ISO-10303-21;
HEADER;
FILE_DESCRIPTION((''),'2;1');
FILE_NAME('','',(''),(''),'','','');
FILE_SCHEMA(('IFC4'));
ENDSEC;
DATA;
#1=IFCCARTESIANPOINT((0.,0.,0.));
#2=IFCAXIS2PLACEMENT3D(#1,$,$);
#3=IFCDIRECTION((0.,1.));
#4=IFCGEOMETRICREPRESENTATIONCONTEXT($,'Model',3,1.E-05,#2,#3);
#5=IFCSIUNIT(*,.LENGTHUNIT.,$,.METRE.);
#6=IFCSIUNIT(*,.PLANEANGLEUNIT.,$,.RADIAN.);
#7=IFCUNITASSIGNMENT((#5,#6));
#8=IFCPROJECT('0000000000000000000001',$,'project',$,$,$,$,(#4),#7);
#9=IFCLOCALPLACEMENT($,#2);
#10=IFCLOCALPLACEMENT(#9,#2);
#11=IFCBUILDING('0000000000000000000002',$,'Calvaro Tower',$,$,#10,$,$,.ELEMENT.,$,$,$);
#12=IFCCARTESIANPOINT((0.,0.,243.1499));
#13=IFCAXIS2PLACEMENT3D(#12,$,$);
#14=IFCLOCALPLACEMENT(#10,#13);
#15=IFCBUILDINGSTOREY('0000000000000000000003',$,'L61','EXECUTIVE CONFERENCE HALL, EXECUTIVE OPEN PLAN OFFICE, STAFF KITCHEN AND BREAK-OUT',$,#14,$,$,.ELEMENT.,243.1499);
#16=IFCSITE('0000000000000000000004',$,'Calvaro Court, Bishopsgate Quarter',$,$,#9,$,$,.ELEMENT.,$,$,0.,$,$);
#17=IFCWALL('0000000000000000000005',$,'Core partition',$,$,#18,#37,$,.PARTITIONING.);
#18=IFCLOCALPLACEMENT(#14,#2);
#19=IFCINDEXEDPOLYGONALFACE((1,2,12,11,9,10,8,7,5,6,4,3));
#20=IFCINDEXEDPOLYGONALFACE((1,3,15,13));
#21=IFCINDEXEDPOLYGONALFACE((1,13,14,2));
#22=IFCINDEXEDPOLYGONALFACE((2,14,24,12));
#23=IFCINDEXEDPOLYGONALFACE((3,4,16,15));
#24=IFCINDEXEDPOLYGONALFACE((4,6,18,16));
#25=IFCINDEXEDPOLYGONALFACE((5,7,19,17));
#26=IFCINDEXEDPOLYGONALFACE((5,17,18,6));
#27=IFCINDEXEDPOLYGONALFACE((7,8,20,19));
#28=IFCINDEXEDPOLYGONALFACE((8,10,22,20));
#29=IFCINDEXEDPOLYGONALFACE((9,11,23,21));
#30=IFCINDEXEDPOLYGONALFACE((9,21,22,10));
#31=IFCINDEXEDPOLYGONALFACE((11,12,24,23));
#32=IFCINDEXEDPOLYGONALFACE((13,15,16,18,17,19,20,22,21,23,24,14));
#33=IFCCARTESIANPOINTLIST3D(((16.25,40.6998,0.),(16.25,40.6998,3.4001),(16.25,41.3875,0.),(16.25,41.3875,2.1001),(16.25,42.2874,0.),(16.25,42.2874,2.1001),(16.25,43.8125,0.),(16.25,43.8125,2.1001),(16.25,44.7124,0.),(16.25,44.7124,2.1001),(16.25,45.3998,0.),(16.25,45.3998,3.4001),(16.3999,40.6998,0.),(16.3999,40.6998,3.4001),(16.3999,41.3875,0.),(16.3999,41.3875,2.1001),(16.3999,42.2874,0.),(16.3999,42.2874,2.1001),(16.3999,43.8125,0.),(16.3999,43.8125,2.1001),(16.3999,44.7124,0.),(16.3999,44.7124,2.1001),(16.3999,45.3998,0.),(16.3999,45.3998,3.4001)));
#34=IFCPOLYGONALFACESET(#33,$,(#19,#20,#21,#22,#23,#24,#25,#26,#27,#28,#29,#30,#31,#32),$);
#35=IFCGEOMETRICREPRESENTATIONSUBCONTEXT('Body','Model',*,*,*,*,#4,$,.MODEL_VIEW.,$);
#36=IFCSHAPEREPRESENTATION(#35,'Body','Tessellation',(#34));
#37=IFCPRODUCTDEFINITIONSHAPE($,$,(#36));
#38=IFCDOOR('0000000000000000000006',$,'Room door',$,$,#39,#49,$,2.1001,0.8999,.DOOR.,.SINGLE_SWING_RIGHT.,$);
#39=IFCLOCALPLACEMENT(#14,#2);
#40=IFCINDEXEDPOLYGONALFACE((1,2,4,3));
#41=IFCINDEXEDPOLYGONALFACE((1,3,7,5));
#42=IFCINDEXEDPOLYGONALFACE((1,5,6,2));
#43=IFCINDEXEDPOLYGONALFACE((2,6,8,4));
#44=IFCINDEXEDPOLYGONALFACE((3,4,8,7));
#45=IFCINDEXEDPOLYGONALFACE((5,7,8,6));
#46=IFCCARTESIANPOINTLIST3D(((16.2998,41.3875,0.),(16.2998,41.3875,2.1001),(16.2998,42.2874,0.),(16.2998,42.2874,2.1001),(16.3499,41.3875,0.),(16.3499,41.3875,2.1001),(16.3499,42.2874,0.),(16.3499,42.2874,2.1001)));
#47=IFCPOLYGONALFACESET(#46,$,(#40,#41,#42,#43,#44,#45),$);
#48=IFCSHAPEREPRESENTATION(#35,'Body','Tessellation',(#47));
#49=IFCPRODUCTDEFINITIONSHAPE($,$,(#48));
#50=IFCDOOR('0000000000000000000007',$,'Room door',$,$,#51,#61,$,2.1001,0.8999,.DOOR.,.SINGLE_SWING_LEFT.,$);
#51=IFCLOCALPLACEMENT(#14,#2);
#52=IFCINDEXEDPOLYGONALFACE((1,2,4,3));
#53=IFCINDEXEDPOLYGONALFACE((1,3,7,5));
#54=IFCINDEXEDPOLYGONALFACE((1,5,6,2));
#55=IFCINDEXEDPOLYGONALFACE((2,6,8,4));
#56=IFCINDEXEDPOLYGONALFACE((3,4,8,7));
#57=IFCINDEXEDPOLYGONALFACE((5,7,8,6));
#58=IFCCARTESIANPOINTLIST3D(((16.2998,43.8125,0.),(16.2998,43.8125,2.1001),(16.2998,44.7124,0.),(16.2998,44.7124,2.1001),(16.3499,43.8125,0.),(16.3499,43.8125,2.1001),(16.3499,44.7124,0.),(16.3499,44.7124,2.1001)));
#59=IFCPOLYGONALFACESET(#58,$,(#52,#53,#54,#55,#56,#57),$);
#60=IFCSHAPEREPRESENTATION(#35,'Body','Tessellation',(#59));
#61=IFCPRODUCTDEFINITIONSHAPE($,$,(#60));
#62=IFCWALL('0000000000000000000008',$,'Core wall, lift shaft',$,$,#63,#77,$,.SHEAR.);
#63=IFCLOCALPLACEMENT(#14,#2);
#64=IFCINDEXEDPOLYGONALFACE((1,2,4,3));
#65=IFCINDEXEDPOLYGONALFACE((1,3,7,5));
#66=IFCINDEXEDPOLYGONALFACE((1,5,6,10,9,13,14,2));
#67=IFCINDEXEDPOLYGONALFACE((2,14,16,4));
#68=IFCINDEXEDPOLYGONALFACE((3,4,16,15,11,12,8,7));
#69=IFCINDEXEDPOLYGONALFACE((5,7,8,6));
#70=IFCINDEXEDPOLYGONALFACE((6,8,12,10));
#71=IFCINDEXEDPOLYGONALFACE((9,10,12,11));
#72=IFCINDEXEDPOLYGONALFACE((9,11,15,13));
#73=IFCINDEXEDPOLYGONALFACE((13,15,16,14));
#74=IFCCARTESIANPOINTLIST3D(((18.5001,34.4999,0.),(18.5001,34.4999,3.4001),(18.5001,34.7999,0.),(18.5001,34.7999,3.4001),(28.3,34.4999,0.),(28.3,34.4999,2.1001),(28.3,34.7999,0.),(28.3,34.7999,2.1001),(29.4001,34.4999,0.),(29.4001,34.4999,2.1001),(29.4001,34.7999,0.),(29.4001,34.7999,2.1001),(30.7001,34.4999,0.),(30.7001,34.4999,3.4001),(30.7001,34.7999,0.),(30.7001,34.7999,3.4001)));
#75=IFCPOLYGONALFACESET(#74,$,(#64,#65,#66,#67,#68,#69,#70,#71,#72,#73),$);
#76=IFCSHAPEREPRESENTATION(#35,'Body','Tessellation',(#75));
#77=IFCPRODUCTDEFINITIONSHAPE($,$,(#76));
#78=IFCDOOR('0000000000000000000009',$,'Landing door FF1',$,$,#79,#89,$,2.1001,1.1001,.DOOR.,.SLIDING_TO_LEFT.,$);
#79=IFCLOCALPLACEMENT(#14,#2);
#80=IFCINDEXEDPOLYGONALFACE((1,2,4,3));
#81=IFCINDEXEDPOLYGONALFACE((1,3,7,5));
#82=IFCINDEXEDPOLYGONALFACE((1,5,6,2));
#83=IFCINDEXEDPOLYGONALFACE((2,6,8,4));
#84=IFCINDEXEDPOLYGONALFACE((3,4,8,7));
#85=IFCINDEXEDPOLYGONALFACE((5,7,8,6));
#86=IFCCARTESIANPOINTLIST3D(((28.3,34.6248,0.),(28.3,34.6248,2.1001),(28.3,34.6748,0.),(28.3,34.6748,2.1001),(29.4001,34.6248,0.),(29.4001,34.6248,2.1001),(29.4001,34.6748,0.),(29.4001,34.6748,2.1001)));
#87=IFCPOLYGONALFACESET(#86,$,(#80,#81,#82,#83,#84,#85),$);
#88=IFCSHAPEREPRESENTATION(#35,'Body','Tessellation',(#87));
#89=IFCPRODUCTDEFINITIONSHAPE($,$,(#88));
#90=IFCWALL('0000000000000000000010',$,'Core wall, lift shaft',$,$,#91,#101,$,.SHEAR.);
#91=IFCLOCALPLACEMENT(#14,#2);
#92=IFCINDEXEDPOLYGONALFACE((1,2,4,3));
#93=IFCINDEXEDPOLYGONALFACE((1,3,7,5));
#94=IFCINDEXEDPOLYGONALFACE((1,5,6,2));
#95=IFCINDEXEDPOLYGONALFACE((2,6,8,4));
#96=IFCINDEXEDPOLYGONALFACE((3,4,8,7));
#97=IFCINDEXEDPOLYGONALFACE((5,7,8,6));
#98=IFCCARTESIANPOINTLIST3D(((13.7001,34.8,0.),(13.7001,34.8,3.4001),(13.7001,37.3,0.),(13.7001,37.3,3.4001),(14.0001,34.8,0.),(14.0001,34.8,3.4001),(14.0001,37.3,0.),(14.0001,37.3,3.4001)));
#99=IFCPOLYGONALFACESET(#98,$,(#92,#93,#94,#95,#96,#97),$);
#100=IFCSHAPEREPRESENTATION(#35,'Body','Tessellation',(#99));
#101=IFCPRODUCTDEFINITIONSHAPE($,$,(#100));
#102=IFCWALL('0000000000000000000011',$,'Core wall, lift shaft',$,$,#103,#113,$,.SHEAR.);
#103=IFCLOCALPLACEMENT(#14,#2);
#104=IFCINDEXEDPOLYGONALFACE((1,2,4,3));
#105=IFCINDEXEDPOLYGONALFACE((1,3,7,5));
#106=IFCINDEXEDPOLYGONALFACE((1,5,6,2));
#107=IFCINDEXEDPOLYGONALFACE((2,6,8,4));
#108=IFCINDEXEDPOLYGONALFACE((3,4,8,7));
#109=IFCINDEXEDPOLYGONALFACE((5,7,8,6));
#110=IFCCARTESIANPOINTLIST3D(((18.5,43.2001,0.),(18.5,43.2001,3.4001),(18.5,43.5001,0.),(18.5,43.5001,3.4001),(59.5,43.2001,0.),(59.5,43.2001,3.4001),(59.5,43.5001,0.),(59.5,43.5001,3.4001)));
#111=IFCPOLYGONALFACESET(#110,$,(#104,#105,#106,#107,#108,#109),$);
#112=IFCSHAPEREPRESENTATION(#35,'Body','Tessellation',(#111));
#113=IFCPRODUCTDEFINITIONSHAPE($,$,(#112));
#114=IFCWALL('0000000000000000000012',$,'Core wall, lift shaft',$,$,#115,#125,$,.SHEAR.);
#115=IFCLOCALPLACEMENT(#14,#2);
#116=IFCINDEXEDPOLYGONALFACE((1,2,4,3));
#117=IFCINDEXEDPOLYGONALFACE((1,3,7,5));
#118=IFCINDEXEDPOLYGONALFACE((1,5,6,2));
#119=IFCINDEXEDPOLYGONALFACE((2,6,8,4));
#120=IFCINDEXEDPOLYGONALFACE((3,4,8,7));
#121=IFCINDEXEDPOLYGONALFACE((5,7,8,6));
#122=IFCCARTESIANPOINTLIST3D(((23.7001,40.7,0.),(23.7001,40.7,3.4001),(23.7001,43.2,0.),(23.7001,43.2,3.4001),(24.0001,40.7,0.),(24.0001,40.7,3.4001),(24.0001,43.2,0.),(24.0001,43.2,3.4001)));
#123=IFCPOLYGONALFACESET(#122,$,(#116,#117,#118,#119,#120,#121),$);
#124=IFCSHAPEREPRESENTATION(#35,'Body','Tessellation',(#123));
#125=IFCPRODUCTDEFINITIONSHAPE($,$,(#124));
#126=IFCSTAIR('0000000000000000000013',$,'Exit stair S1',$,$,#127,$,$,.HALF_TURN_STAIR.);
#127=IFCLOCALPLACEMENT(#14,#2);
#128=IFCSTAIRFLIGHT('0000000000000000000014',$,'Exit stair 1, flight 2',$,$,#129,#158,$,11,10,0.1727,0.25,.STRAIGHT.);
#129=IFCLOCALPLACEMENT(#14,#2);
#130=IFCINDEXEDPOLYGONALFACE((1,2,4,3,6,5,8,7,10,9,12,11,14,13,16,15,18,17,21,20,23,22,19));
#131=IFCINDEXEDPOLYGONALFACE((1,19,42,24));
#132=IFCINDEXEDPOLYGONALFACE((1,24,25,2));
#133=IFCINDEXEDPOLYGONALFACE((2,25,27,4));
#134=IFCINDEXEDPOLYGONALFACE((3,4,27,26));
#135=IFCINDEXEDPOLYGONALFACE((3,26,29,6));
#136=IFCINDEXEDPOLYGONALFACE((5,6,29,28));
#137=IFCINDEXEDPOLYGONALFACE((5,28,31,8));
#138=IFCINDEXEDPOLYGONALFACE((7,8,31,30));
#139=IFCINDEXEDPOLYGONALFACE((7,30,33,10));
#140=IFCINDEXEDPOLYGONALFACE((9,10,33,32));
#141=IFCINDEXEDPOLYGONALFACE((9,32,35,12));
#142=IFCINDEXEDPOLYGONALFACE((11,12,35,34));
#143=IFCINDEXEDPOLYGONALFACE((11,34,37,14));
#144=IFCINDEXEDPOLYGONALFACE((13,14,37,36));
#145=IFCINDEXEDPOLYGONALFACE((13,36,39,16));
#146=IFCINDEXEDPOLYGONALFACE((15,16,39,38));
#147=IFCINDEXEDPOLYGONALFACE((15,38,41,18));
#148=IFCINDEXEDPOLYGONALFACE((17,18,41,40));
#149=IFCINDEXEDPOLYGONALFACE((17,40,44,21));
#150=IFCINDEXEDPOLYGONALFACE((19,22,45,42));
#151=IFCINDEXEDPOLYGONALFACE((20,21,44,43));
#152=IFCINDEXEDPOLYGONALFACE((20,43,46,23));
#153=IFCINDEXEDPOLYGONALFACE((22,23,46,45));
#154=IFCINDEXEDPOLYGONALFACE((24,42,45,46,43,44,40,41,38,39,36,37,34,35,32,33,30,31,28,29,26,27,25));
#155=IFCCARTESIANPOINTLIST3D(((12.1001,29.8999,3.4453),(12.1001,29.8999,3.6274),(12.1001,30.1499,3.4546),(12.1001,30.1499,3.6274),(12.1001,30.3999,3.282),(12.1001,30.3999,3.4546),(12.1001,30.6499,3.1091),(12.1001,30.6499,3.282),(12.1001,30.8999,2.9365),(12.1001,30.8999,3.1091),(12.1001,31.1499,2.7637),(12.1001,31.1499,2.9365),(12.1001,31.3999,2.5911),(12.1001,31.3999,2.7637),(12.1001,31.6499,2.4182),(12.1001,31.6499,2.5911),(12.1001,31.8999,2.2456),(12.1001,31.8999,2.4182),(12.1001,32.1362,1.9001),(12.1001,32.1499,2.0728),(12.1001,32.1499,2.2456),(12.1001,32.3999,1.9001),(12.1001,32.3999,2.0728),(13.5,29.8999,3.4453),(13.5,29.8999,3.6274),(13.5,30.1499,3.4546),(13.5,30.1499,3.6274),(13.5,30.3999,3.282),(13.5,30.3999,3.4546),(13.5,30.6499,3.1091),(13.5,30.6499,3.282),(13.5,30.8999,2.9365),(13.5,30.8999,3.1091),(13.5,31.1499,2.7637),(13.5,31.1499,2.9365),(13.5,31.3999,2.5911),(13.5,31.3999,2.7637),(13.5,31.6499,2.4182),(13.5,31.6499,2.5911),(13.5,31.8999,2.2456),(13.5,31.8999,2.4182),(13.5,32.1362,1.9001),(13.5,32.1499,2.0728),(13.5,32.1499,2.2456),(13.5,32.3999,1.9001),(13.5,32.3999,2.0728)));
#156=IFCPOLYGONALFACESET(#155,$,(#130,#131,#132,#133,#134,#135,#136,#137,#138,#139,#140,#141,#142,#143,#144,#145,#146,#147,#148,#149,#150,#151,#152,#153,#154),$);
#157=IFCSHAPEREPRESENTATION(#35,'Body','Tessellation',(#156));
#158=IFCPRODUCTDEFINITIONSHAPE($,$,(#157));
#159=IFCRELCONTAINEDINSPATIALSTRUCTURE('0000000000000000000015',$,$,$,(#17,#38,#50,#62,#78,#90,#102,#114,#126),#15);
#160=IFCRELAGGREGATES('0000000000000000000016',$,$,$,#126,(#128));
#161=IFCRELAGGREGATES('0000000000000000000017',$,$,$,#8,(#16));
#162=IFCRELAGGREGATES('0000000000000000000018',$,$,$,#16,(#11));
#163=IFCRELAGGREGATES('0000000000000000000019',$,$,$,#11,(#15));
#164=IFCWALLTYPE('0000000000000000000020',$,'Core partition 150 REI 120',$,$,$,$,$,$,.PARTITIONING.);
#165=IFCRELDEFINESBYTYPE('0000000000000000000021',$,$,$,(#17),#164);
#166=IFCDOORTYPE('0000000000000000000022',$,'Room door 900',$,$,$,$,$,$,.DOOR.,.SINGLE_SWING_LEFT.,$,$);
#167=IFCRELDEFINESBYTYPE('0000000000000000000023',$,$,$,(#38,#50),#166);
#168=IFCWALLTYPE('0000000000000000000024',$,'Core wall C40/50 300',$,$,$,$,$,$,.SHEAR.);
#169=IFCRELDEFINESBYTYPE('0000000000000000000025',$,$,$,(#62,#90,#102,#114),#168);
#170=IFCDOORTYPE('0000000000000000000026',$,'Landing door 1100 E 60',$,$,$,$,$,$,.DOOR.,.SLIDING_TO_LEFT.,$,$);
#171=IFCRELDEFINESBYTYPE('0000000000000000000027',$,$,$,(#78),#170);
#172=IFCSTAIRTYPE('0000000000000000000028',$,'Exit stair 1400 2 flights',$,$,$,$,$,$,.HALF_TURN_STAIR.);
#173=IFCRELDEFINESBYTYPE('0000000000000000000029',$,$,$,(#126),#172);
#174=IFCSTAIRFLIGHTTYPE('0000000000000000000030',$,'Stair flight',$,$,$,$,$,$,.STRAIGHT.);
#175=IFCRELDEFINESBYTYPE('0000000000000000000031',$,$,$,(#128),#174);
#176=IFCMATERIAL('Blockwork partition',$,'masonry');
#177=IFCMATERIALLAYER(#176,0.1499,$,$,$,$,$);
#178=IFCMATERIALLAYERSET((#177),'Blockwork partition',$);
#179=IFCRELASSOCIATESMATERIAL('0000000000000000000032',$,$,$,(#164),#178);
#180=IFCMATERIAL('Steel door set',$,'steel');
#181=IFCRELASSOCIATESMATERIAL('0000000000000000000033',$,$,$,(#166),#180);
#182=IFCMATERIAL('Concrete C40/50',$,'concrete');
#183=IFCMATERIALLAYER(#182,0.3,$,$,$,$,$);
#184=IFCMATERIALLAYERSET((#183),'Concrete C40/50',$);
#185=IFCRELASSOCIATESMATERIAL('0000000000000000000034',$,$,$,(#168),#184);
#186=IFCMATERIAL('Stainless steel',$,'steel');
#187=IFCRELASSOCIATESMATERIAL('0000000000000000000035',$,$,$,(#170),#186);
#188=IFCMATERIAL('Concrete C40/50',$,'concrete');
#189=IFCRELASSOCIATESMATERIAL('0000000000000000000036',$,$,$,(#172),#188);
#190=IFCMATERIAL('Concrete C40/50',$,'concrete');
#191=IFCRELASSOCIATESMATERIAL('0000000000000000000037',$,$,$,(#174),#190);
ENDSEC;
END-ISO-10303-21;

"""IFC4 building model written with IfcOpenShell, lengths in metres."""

from ifc_helpers import new_model, si_unit, direction, frame, frame_2d, origin, place, context, subcontext, project, spatial, polyline, rectangle, outline, extrude, material, layer, layer_set, type_object, element, fill, aggregate, save


model = new_model("IFC4")

# Units and contexts
model_context = context("Model", 3, precision=1e-05, world=origin(), true_north=direction((0.0, 1.0)))
body_context = subcontext(model_context, "Body", "Model", "MODEL_VIEW")
ifc_project = project(units=[si_unit("LENGTHUNIT", "METRE"), si_unit("PLANEANGLEUNIT", "RADIAN")], contexts=[model_context])

# Site, building, storey
site_placement = place(None, origin())
site = spatial("IfcSite", under=ifc_project, at=site_placement, Name="Calvaro Court, Bishopsgate Quarter", CompositionType="ELEMENT", RefElevation=0.0)
building_placement = place(site_placement, origin())
building = spatial("IfcBuilding", under=site, at=building_placement, Name="Calvaro Tower", CompositionType="ELEMENT")
storey_placement = place(building_placement, frame((0.0, 0.0, 243.1499)))
storey = spatial("IfcBuildingStorey", under=building, at=storey_placement, Name="L61", Description="EXECUTIVE CONFERENCE HALL, EXECUTIVE OPEN PLAN OFFICE, STAFF KITCHEN AND BREAK-OUT", CompositionType="ELEMENT", Elevation=243.1499)

# Wall, openings, doors
ifc_material_1 = material(Name="Blockwork partition", Category="masonry")
ifc_layer_1 = layer(ifc_material_1, 0.1499)
ifc_layer_set_1 = layer_set([ifc_layer_1], Name="Blockwork partition")
wall_type_1 = type_object("IfcWallType", Name="Core partition 150 REI 120", PredefinedType="PARTITIONING", material=ifc_layer_set_1)
wall_1_placement = place(storey_placement, frame((16.325, 45.3999, 0.0), z_axis=(0.0, 0.0, 1.0), x_axis=(0.0, -1.0, 0.0)))
wall_1 = element("IfcWall", 1, at=wall_1_placement, inside=storey, type_object=wall_type_1, Name="Core partition", PredefinedType="PARTITIONING", context=body_context, shape_type="SweptSolid", body=[
    extrude(rectangle(XDim=4.7, YDim=0.1499, at=frame_2d((2.3501, 0.0))), origin(), (0.0, 0.0, 1.0), 3.4001),
])
opening_1_placement = place(wall_1_placement, frame((3.1125, 0.0, 0.0)))
opening_1 = element("IfcOpeningElement", 2, at=opening_1_placement, cuts=wall_1, PredefinedType="OPENING", context=body_context, shape_type="SweptSolid", body=[
    extrude(rectangle(XDim=0.8999, YDim=2.1001, at=frame_2d((0.45, 1.05))), frame((0.0, 0.085, 0.0), z_axis=(0.0, -1.0, 0.0), x_axis=(1.0, 0.0, 0.0)), (0.0, 0.0, 1.0), 0.1699),
])
opening_2_placement = place(wall_1_placement, frame((0.6875, 0.0, 0.0)))
opening_2 = element("IfcOpeningElement", 3, at=opening_2_placement, cuts=wall_1, PredefinedType="OPENING", context=body_context, shape_type="SweptSolid", body=[
    extrude(rectangle(XDim=0.8999, YDim=2.1001, at=frame_2d((0.45, 1.05))), frame((0.0, 0.085, 0.0), z_axis=(0.0, -1.0, 0.0), x_axis=(1.0, 0.0, 0.0)), (0.0, 0.0, 1.0), 0.1699),
])
ifc_material_2 = material(Name="Steel door set", Category="steel")
door_type_1 = type_object("IfcDoorType", Name="Room door 900", OperationType="SINGLE_SWING_LEFT", PredefinedType="DOOR", material=ifc_material_2)
door_1_placement = place(opening_1_placement, origin())
door_1 = element("IfcDoor", 4, at=door_1_placement, inside=storey, type_object=door_type_1, Name="Room door", OperationType="SINGLE_SWING_RIGHT", OverallHeight=2.1001, OverallWidth=0.8999, PredefinedType="DOOR", context=body_context, shape_type="SweptSolid", body=[
    extrude(rectangle(XDim=0.8999, YDim=2.1001, at=frame_2d((0.45, 1.05))), frame((0.0, 0.0249, 0.0), z_axis=(0.0, -1.0, 0.0), x_axis=(1.0, 0.0, 0.0)), (0.0, 0.0, 1.0), 0.05),
])
fill(opening_1, door_1)
door_2_placement = place(opening_2_placement, origin())
door_2 = element("IfcDoor", 5, at=door_2_placement, inside=storey, type_object=door_type_1, Name="Room door", OperationType="SINGLE_SWING_LEFT", OverallHeight=2.1001, OverallWidth=0.8999, PredefinedType="DOOR", context=body_context, shape_type="SweptSolid", body=[
    extrude(rectangle(XDim=0.8999, YDim=2.1001, at=frame_2d((0.45, 1.05))), frame((0.0, 0.0249, 0.0), z_axis=(0.0, -1.0, 0.0), x_axis=(1.0, 0.0, 0.0)), (0.0, 0.0, 1.0), 0.05),
])
fill(opening_2, door_2)

# Wall, opening, door
ifc_material_3 = material(Name="Concrete C40/50", Category="concrete")
ifc_layer_2 = layer(ifc_material_3, 0.3)
ifc_layer_set_2 = layer_set([ifc_layer_2], Name="Concrete C40/50")
wall_type_2 = type_object("IfcWallType", Name="Core wall C40/50 300", PredefinedType="SHEAR", material=ifc_layer_set_2)
wall_2_placement = place(storey_placement, frame((18.5, 34.6499, 0.0), z_axis=(0.0, 0.0, 1.0), x_axis=(1.0, 0.0, 0.0)))
wall_2 = element("IfcWall", 6, at=wall_2_placement, inside=storey, type_object=wall_type_2, Name="Core wall, lift shaft", PredefinedType="SHEAR", context=body_context, shape_type="SweptSolid", body=[
    extrude(rectangle(XDim=12.2, YDim=0.3, at=frame_2d((6.1001, 0.0))), origin(), (0.0, 0.0, 1.0), 3.4001),
])
opening_3_placement = place(wall_2_placement, frame((9.8, 0.0, 0.0)))
opening_3 = element("IfcOpeningElement", 7, at=opening_3_placement, cuts=wall_2, PredefinedType="OPENING", context=body_context, shape_type="SweptSolid", body=[
    extrude(rectangle(XDim=1.1001, YDim=2.1001, at=frame_2d((0.55, 1.05))), frame((0.0, 0.1599, 0.0), z_axis=(0.0, -1.0, 0.0), x_axis=(1.0, 0.0, 0.0)), (0.0, 0.0, 1.0), 0.3201),
])
ifc_material_4 = material(Name="Stainless steel", Category="steel")
door_type_2 = type_object("IfcDoorType", Name="Landing door 1100 E 60", OperationType="SLIDING_TO_LEFT", PredefinedType="DOOR", material=ifc_material_4)
door_3_placement = place(opening_3_placement, origin())
door_3 = element("IfcDoor", 8, at=door_3_placement, inside=storey, type_object=door_type_2, Name="Landing door FF1", OperationType="SLIDING_TO_LEFT", OverallHeight=2.1001, OverallWidth=1.1001, PredefinedType="DOOR", context=body_context, shape_type="SweptSolid", body=[
    extrude(rectangle(XDim=1.1001, YDim=2.1001, at=frame_2d((0.55, 1.05))), frame((0.0, 0.0249, 0.0), z_axis=(0.0, -1.0, 0.0), x_axis=(1.0, 0.0, 0.0)), (0.0, 0.0, 1.0), 0.05),
])
fill(opening_3, door_3)

# Wall
wall_3_placement = place(storey_placement, frame((13.8501, 34.8, 0.0), z_axis=(0.0, 0.0, 1.0), x_axis=(0.0, 1.0, 0.0)))
element("IfcWall", 9, at=wall_3_placement, inside=storey, type_object=wall_type_2, Name="Core wall, lift shaft", PredefinedType="SHEAR", context=body_context, shape_type="SweptSolid", body=[
    extrude(rectangle(XDim=2.5, YDim=0.3, at=frame_2d((1.25, 0.0))), origin(), (0.0, 0.0, 1.0), 3.4001),
])

# Walls
wall_4_placement = place(storey_placement, frame((18.5, 43.3501, 0.0), z_axis=(0.0, 0.0, 1.0), x_axis=(1.0, 0.0, 0.0)))
element("IfcWall", 10, at=wall_4_placement, inside=storey, type_object=wall_type_2, Name="Core wall, lift shaft", PredefinedType="SHEAR", context=body_context, shape_type="SweptSolid", body=[
    extrude(rectangle(XDim=41.0, YDim=0.3, at=frame_2d((20.5, 0.0))), origin(), (0.0, 0.0, 1.0), 3.4001),
])
wall_5_placement = place(storey_placement, frame((23.8501, 40.7, 0.0), z_axis=(0.0, 0.0, 1.0), x_axis=(0.0, 1.0, 0.0)))
element("IfcWall", 11, at=wall_5_placement, inside=storey, type_object=wall_type_2, Name="Core wall, lift shaft", PredefinedType="SHEAR", context=body_context, shape_type="SweptSolid", body=[
    extrude(rectangle(XDim=2.5, YDim=0.3, at=frame_2d((1.25, 0.0))), origin(), (0.0, 0.0, 1.0), 3.4001),
])

# Stair, stair flight
ifc_material_5 = material(Name="Concrete C40/50", Category="concrete")
stair_type = type_object("IfcStairType", Name="Exit stair 1400 2 flights", PredefinedType="HALF_TURN_STAIR", material=ifc_material_5)
stair_placement = place(storey_placement, origin())
stair = element("IfcStair", 12, at=stair_placement, inside=storey, type_object=stair_type, Name="Exit stair S1", PredefinedType="HALF_TURN_STAIR")
ifc_material_6 = material(Name="Concrete C40/50", Category="concrete")
stair_flight_type = type_object("IfcStairFlightType", Name="Stair flight", PredefinedType="STRAIGHT", material=ifc_material_6)
stair_flight_placement = place(storey_placement, frame((12.8, 32.3999, 1.9001), z_axis=(0.0, 0.0, 1.0), x_axis=(0.0, -1.0, 0.0)))
stair_flight = element("IfcStairFlight", 13, at=stair_flight_placement, type_object=stair_flight_type, Name="Exit stair 1, flight 2", NumberOfRisers=11, NumberOfTreads=10, PredefinedType="STRAIGHT", RiserHeight=0.1727, TreadLength=0.25, context=body_context, shape_type="SweptSolid", body=[
    extrude(outline(polyline([(0.0, 0.0), (0.0, 0.1726), (0.25, 0.1726), (0.25, 0.3455), (0.5, 0.3455), (0.5, 0.5181), (0.75, 0.5181), (0.75, 0.6909), (1.0, 0.6909), (1.0, 0.8635), (1.25, 0.8635), (1.25, 1.0364), (1.5, 1.0364), (1.5, 1.209), (1.75, 1.209), (1.75, 1.3818), (2.0, 1.3818), (2.0, 1.5544), (2.25, 1.5544), (2.25, 1.7273), (2.5, 1.7273), (2.5, 1.8999), (2.5, 1.5452), (0.2637, 0.0), (0.0, 0.0)])), frame((0.0, 0.7, 0.0), z_axis=(0.0, -1.0, 0.0), x_axis=(1.0, 0.0, 0.0)), (0.0, 0.0, 1.0), 1.3999),
])
aggregate(stair, [stair_flight])

save(model, "model.ifc")
